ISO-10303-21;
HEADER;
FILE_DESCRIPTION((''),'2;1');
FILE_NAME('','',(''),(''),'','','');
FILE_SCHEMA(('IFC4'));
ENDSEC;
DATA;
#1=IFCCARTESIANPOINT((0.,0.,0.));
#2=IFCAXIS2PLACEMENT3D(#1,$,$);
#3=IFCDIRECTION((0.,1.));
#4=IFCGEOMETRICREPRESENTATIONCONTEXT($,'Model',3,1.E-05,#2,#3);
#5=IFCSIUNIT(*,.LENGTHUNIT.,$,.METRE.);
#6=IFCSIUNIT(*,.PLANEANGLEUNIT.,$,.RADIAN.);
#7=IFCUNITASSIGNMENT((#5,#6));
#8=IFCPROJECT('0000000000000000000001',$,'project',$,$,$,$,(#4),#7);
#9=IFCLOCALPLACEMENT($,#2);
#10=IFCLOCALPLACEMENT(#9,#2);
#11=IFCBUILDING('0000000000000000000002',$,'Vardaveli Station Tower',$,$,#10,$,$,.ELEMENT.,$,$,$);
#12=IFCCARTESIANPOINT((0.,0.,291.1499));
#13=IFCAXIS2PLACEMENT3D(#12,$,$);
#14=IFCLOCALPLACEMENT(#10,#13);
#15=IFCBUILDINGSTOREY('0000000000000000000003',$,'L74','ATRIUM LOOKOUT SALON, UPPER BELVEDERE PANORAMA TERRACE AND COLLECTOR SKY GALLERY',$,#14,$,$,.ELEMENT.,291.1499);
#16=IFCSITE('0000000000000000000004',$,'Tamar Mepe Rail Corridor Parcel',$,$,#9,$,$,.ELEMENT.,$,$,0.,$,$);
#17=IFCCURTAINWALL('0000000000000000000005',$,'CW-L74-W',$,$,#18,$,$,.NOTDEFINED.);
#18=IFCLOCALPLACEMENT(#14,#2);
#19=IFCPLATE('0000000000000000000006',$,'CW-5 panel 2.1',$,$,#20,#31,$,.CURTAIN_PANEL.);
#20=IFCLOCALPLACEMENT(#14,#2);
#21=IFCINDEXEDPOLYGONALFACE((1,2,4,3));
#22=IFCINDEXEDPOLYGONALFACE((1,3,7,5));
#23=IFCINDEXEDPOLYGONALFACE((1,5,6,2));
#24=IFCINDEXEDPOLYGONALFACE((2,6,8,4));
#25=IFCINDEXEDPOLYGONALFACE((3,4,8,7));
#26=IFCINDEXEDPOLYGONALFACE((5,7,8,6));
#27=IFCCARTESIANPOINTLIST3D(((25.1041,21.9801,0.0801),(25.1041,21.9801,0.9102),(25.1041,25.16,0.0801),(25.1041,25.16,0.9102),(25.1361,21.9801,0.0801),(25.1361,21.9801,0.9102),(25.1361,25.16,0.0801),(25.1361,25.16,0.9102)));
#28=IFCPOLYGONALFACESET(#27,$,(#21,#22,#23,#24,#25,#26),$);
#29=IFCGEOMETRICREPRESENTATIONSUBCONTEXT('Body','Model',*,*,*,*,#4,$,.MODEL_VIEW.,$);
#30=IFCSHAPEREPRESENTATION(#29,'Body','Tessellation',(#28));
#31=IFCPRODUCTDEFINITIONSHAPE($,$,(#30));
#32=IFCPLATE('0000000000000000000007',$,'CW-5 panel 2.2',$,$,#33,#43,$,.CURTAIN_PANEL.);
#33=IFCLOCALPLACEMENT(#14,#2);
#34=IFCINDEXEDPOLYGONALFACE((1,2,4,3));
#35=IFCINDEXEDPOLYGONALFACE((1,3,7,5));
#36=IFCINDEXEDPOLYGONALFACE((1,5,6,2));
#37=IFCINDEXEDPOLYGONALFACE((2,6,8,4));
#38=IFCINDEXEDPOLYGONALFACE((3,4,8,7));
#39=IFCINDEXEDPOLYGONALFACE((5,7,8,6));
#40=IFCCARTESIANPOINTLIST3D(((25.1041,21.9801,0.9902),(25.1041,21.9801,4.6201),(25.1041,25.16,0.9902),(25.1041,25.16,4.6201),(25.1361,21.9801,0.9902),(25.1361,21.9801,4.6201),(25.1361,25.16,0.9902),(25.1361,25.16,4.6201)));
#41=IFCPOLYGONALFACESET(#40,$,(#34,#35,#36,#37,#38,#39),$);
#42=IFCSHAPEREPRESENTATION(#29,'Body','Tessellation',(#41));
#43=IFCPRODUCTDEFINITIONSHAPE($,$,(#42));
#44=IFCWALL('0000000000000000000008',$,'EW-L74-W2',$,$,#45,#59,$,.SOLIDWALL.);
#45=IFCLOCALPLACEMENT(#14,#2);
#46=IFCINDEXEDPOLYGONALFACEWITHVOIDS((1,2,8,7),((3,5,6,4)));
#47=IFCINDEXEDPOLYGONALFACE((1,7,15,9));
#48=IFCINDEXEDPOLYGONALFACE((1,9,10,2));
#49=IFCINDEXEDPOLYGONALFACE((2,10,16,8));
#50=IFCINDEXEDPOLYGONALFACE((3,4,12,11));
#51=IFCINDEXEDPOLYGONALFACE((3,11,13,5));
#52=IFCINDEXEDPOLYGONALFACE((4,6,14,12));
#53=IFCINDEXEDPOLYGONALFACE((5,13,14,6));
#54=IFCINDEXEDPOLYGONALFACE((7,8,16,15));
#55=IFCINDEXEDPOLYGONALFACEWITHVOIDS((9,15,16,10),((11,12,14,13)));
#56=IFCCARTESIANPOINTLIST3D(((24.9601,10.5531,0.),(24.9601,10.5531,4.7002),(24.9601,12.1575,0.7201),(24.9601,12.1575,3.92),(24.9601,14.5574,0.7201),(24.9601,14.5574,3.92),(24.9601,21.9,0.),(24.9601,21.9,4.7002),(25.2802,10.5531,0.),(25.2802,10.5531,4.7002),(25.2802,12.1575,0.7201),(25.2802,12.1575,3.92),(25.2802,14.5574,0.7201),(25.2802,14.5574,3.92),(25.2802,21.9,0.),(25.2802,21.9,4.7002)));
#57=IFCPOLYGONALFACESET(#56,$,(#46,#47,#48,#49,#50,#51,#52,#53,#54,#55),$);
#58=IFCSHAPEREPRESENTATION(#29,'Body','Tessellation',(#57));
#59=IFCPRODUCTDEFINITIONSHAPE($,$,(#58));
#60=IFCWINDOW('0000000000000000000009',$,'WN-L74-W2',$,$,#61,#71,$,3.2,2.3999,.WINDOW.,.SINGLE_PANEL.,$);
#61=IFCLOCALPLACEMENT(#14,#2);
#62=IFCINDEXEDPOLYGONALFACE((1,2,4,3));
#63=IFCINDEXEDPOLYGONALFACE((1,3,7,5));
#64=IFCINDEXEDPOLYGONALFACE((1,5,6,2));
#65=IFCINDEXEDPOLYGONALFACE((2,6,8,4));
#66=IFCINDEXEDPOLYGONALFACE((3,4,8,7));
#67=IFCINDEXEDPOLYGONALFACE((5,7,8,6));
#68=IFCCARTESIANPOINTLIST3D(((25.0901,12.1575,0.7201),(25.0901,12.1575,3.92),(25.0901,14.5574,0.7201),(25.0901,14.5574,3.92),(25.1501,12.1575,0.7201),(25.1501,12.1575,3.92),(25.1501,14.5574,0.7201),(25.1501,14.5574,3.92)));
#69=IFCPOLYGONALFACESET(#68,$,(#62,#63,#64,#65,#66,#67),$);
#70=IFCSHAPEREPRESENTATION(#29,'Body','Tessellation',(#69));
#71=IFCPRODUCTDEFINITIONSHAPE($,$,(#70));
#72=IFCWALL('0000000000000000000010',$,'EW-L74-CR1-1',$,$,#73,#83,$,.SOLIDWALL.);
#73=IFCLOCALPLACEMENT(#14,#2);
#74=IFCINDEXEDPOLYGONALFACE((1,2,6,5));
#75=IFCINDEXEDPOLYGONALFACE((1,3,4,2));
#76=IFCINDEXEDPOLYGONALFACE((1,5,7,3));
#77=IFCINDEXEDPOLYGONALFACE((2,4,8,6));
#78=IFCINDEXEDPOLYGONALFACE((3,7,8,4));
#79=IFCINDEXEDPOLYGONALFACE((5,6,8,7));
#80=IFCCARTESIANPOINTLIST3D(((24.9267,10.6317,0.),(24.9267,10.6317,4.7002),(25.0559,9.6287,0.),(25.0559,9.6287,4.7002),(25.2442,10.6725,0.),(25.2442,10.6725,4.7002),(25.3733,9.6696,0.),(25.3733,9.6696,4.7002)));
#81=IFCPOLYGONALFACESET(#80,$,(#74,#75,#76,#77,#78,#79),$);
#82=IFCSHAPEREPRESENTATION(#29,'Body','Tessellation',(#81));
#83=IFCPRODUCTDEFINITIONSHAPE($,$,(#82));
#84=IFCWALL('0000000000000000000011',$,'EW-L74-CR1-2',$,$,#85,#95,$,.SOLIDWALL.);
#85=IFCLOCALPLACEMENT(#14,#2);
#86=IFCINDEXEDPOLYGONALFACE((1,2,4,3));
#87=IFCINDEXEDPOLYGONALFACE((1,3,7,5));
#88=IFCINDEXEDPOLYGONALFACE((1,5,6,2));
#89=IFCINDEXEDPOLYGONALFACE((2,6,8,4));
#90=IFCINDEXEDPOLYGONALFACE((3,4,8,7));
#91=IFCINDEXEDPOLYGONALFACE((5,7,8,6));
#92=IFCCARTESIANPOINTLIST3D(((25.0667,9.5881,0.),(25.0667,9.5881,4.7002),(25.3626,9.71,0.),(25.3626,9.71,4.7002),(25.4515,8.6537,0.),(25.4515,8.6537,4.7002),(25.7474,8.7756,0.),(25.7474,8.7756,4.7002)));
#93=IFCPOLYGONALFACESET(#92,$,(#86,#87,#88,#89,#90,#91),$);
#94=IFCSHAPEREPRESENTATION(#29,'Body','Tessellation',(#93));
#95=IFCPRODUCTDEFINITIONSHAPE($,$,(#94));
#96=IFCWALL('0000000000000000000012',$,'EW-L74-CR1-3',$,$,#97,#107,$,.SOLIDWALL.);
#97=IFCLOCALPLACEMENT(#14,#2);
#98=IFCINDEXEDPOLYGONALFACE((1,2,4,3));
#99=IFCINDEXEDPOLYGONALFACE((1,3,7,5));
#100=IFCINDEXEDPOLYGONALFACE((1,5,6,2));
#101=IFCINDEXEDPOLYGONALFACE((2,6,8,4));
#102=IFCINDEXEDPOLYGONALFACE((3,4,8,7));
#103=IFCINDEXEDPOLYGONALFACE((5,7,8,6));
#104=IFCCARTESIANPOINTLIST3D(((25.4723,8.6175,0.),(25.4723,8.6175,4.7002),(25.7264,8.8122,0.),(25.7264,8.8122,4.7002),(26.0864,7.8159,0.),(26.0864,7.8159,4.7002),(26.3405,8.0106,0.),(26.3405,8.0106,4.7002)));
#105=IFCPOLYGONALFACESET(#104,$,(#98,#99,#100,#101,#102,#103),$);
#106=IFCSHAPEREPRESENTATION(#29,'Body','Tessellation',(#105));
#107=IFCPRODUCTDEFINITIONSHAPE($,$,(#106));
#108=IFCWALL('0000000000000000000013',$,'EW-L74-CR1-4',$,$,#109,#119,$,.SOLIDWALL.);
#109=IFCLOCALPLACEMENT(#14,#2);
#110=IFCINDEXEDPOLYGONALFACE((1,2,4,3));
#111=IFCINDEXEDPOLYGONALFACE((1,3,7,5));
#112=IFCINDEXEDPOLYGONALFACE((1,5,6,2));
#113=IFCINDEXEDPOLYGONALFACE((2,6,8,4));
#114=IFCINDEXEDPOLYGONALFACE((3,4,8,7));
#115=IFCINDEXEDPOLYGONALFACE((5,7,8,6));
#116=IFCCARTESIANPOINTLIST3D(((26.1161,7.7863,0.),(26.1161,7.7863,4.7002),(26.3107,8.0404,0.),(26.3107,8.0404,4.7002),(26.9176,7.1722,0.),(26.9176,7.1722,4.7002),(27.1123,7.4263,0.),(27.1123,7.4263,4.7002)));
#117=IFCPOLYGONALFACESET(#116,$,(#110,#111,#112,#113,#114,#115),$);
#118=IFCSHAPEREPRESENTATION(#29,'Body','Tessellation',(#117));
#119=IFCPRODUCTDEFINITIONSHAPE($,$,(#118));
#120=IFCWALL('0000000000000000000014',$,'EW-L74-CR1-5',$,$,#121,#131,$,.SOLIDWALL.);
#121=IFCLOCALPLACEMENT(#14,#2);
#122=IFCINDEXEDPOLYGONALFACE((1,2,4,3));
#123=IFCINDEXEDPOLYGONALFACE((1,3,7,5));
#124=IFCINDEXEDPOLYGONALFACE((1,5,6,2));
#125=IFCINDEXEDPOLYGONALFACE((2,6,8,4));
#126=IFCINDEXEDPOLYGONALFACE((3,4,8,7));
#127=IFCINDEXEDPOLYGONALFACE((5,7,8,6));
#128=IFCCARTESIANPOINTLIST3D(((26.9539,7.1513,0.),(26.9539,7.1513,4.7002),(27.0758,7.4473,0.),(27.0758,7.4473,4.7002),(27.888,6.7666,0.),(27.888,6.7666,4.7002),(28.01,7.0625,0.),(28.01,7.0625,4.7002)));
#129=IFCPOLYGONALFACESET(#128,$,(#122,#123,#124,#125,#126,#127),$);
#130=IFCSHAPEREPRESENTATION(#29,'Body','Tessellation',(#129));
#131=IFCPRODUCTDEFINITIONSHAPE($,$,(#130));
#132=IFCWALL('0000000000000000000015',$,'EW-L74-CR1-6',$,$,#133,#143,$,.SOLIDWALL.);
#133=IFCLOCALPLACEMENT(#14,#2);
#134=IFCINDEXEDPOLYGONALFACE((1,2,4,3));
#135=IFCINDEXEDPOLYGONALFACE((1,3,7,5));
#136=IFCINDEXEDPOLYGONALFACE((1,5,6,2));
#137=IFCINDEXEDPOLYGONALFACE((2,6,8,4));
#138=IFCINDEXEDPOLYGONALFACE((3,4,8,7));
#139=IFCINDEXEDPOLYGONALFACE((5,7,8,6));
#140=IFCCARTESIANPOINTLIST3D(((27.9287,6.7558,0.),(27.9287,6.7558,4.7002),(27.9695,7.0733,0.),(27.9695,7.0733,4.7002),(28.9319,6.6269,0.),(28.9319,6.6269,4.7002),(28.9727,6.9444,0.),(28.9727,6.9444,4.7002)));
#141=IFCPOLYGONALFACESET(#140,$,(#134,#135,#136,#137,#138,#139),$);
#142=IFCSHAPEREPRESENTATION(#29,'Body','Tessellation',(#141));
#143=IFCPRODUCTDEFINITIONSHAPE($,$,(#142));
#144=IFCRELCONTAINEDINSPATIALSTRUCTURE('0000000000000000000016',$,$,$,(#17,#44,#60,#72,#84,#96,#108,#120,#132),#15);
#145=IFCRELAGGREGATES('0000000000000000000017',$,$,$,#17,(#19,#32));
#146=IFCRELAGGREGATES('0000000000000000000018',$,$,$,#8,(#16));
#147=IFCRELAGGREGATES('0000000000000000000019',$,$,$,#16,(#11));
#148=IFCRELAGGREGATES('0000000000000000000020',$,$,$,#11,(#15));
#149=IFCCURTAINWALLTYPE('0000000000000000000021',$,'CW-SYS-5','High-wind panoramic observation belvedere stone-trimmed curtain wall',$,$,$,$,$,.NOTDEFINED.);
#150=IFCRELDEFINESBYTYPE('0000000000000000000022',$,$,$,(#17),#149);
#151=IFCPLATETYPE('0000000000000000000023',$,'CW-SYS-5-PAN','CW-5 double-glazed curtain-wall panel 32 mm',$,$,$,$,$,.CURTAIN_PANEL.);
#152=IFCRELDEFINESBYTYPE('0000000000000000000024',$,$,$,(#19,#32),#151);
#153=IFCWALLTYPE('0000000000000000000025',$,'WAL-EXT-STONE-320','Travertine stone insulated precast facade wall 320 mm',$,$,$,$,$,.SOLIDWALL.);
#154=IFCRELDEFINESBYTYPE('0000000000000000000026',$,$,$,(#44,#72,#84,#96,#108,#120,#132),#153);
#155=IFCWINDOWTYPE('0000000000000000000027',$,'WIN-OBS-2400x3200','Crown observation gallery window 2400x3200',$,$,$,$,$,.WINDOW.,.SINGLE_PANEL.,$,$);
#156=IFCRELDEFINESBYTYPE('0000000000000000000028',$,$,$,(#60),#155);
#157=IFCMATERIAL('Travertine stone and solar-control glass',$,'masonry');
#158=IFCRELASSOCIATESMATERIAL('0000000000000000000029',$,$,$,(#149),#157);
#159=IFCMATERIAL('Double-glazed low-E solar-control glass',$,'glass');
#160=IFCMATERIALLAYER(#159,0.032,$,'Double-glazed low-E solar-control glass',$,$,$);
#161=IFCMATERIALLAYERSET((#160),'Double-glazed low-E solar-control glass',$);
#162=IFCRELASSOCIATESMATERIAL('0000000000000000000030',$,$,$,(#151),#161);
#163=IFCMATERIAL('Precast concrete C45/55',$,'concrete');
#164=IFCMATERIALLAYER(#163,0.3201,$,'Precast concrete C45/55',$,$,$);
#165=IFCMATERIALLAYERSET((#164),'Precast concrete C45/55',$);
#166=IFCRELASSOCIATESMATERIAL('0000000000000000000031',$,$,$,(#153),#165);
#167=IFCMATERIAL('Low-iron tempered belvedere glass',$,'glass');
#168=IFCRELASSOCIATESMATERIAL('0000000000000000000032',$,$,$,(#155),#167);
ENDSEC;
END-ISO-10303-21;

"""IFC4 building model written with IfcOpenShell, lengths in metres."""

from ifc_helpers import new_model, si_unit, direction, frame, frame_2d, origin, origin_2d, place, context, subcontext, project, spatial, rectangle, extrude, source, transform, mapped, material, layer, layer_set, type_object, element, fill, aggregate, save


model = new_model("IFC4")

# Units and contexts
model_context = context("Model", 3, precision=1e-05, world=origin(), true_north=direction((0.0, 1.0)))
body_context = subcontext(model_context, "Body", "Model", "MODEL_VIEW")
ifc_project = project(units=[si_unit("LENGTHUNIT", "METRE"), si_unit("PLANEANGLEUNIT", "RADIAN")], contexts=[model_context])

# Site, building, storey
site_placement = place(None, origin())
site = spatial("IfcSite", under=ifc_project, at=site_placement, Name="Tamar Mepe Rail Corridor Parcel", CompositionType="ELEMENT", RefElevation=0.0)
building_placement = place(site_placement, origin())
building = spatial("IfcBuilding", under=site, at=building_placement, Name="Vardaveli Station Tower", CompositionType="ELEMENT")
storey_placement = place(building_placement, frame((0.0, 0.0, 291.1499)))
storey = spatial("IfcBuildingStorey", under=building, at=storey_placement, Name="L74", Description="ATRIUM LOOKOUT SALON, UPPER BELVEDERE PANORAMA TERRACE AND COLLECTOR SKY GALLERY", CompositionType="ELEMENT", Elevation=291.1499)

# Shared definitions
ifc_material_1 = material(Name="Precast concrete C45/55", Category="concrete")

# Curtain wall
ifc_material_2 = material(Name="Travertine stone and solar-control glass", Category="masonry")
curtain_wall_type = type_object("IfcCurtainWallType", Name="CW-SYS-5", Description="High-wind panoramic observation belvedere stone-trimmed curtain wall", PredefinedType="NOTDEFINED", material=ifc_material_2)
curtain_wall_placement = place(storey_placement, origin())
curtain_wall = element("IfcCurtainWall", 1, at=curtain_wall_placement, inside=storey, type_object=curtain_wall_type, Name="CW-L74-W", PredefinedType="NOTDEFINED")

# Plates
ifc_material_3 = material(Name="Double-glazed low-E solar-control glass", Category="glass")
ifc_layer_1 = layer(ifc_material_3, 0.032, Name="Double-glazed low-E solar-control glass")
ifc_layer_set_1 = layer_set([ifc_layer_1], Name="Double-glazed low-E solar-control glass")
plate_type = type_object("IfcPlateType", Name="CW-SYS-5-PAN", Description="CW-5 double-glazed curtain-wall panel 32 mm", PredefinedType="CURTAIN_PANEL", material=ifc_layer_set_1)
shared_shape_1 = source(origin(), body_context, "Body", "SweptSolid", [
    extrude(rectangle(XDim=3.1799, YDim=0.032, at=origin_2d()), origin(), (0.0, 0.0, 1.0), 0.8301),
])
plate_1_placement = place(storey_placement, frame((25.1201, 23.5701, 0.0801), z_axis=(0.0, 0.0, 1.0), x_axis=(0.0, -1.0, 0.0)))
plate_1 = element("IfcPlate", 2, at=plate_1_placement, type_object=plate_type, Name="CW-5 panel 2.1", PredefinedType="CURTAIN_PANEL", context=body_context, shape_type="MappedRepresentation", body=[
    mapped(shared_shape_1, transform((0.0, 0.0, 0.0), scale=1.0)),
])
shared_shape_2 = source(origin(), body_context, "Body", "SweptSolid", [
    extrude(rectangle(XDim=3.1799, YDim=0.032, at=origin_2d()), origin(), (0.0, 0.0, 1.0), 3.6299),
])
plate_2_placement = place(storey_placement, frame((25.1201, 23.5701, 0.9902), z_axis=(0.0, 0.0, 1.0), x_axis=(0.0, -1.0, 0.0)))
plate_2 = element("IfcPlate", 3, at=plate_2_placement, type_object=plate_type, Name="CW-5 panel 2.2", PredefinedType="CURTAIN_PANEL", context=body_context, shape_type="MappedRepresentation", body=[
    mapped(shared_shape_2, transform((0.0, 0.0, 0.0), scale=1.0)),
])
aggregate(curtain_wall, [plate_1, plate_2])

# Wall, opening, window
ifc_layer_2 = layer(ifc_material_1, 0.3201, Name="Precast concrete C45/55")
ifc_layer_set_2 = layer_set([ifc_layer_2], Name="Precast concrete C45/55")
wall_type_1 = type_object("IfcWallType", Name="WAL-EXT-STONE-320", Description="Travertine stone insulated precast facade wall 320 mm", PredefinedType="SOLIDWALL", material=ifc_layer_set_2)
shared_shape_3 = source(origin(), body_context, "Body", "SweptSolid", [
    extrude(rectangle(XDim=11.3469, YDim=0.3201, at=frame_2d((5.6733, 0.0))), origin(), (0.0, 0.0, 1.0), 4.7002),
])
wall_1_placement = place(storey_placement, frame((25.1201, 21.8999, 0.0), z_axis=(0.0, 0.0, 1.0), x_axis=(0.0, -1.0, 0.0)))
wall_1 = element("IfcWall", 4, at=wall_1_placement, inside=storey, type_object=wall_type_1, Name="EW-L74-W2", PredefinedType="SOLIDWALL", context=body_context, shape_type="MappedRepresentation", body=[
    mapped(shared_shape_3, transform((0.0, 0.0, 0.0), scale=1.0)),
])
shared_shape_4 = source(origin(), body_context, "Body", "SweptSolid", [
    extrude(rectangle(XDim=2.3999, YDim=3.2, at=frame_2d((1.2, 1.6001))), frame((0.0, 0.1699, 0.0), z_axis=(0.0, -1.0, 0.0), x_axis=(1.0, 0.0, 0.0)), (0.0, 0.0, 1.0), 0.3401),
])
opening_1_placement = place(wall_1_placement, frame((7.3425, 0.0, 0.72)))
opening_1 = element("IfcOpeningElement", 5, at=opening_1_placement, cuts=wall_1, PredefinedType="OPENING", context=body_context, shape_type="MappedRepresentation", body=[
    mapped(shared_shape_4, transform((0.0, 0.0, 0.0), scale=1.0)),
])
ifc_material_4 = material(Name="Low-iron tempered belvedere glass", Category="glass")
window_type = type_object("IfcWindowType", Name="WIN-OBS-2400x3200", Description="Crown observation gallery window 2400x3200", PartitioningType="SINGLE_PANEL", PredefinedType="WINDOW", material=ifc_material_4)
shared_shape_5 = source(origin(), body_context, "Body", "SweptSolid", [
    extrude(rectangle(XDim=2.3999, YDim=3.2, at=frame_2d((1.2, 1.6001))), frame((0.0, 0.03, 0.0), z_axis=(0.0, -1.0, 0.0), x_axis=(1.0, 0.0, 0.0)), (0.0, 0.0, 1.0), 0.0601),
])
window_placement = place(opening_1_placement, origin())
window = element("IfcWindow", 6, at=window_placement, inside=storey, type_object=window_type, Name="WN-L74-W2", OverallHeight=3.2, OverallWidth=2.3999, PartitioningType="SINGLE_PANEL", PredefinedType="WINDOW", context=body_context, shape_type="MappedRepresentation", body=[
    mapped(shared_shape_5, transform((0.0, 0.0, 0.0), scale=1.0)),
])
fill(opening_1, window)

# Walls
shared_shape_6 = source(origin(), body_context, "Body", "SweptSolid", [
    extrude(rectangle(XDim=1.0112, YDim=0.3201, at=frame_2d((0.5056, 0.0))), origin(), (0.0, 0.0, 1.0), 4.7002),
])
wall_2_placement = place(storey_placement, frame((25.0854, 10.6521, 0.0), z_axis=(0.0, 0.0, 1.0), x_axis=(0.127719, -0.99181, 0.0)))
element("IfcWall", 7, at=wall_2_placement, inside=storey, type_object=wall_type_1, Name="EW-L74-CR1-1", PredefinedType="SOLIDWALL", context=body_context, shape_type="MappedRepresentation", body=[
    mapped(shared_shape_6, transform((0.0, 0.0, 0.0), scale=1.0)),
])
shared_shape_7 = source(origin(), body_context, "Body", "SweptSolid", [
    extrude(rectangle(XDim=1.0105, YDim=0.3201, at=frame_2d((0.5054, 0.0))), origin(), (0.0, 0.0, 1.0), 4.7002),
])
wall_3_placement = place(storey_placement, frame((25.2146, 9.6492, 0.0), z_axis=(0.0, 0.0, 1.0), x_axis=(0.380786, -0.924663, 0.0)))
element("IfcWall", 8, at=wall_3_placement, inside=storey, type_object=wall_type_1, Name="EW-L74-CR1-2", PredefinedType="SOLIDWALL", context=body_context, shape_type="MappedRepresentation", body=[
    mapped(shared_shape_7, transform((0.0, 0.0, 0.0), scale=1.0)),
])
shared_shape_8 = source(origin(), body_context, "Body", "SweptSolid", [
    extrude(rectangle(XDim=1.0098, YDim=0.3201, at=frame_2d((0.5049, 0.0))), origin(), (0.0, 0.0, 1.0), 4.7002),
])
for number, where, z_axis, x_axis, name in (
    (9, (25.5994, 8.7148, 0.0), (0.0, 0.0, 1.0), (0.608132, -0.793836, 0.0), "EW-L74-CR1-3"),
    (10, (26.2134, 7.9133, 0.0), (0.0, 0.0, 1.0), (0.793836, -0.608132, 0.0), "EW-L74-CR1-4"),
):
    element("IfcWall", number, at=place(storey_placement, frame(where, z_axis=z_axis, x_axis=x_axis)), inside=storey, type_object=wall_type_1, Name=name, PredefinedType="SOLIDWALL", context=body_context, shape_type="MappedRepresentation", body=[
        mapped(shared_shape_8, transform((0.0, 0.0, 0.0), scale=1.0)),
    ])
shared_shape_9 = source(origin(), body_context, "Body", "SweptSolid", [
    extrude(rectangle(XDim=1.0103, YDim=0.3201, at=frame_2d((0.5051, 0.0))), origin(), (0.0, 0.0, 1.0), 4.7002),
])
wall_4_placement = place(storey_placement, frame((27.0149, 7.2993, 0.0), z_axis=(0.0, 0.0, 1.0), x_axis=(0.924628, -0.380871, 0.0)))
element("IfcWall", 11, at=wall_4_placement, inside=storey, type_object=wall_type_1, Name="EW-L74-CR1-5", PredefinedType="SOLIDWALL", context=body_context, shape_type="MappedRepresentation", body=[
    mapped(shared_shape_9, transform((0.0, 0.0, 0.0), scale=1.0)),
])
shared_shape_10 = source(origin(), body_context, "Body", "SweptSolid", [
    extrude(rectangle(XDim=1.0115, YDim=0.3201, at=frame_2d((0.5059, 0.0))), origin(), (0.0, 0.0, 1.0), 4.7002),
])
wall_5_placement = place(storey_placement, frame((27.949, 6.9146, 0.0), z_axis=(0.0, 0.0, 1.0), x_axis=(0.991845, -0.127451, 0.0)))
element("IfcWall", 12, at=wall_5_placement, inside=storey, type_object=wall_type_1, Name="EW-L74-CR1-6", PredefinedType="SOLIDWALL", context=body_context, shape_type="MappedRepresentation", body=[
    mapped(shared_shape_10, transform((0.0, 0.0, 0.0), scale=1.0)),
])

save(model, "model.ifc")
